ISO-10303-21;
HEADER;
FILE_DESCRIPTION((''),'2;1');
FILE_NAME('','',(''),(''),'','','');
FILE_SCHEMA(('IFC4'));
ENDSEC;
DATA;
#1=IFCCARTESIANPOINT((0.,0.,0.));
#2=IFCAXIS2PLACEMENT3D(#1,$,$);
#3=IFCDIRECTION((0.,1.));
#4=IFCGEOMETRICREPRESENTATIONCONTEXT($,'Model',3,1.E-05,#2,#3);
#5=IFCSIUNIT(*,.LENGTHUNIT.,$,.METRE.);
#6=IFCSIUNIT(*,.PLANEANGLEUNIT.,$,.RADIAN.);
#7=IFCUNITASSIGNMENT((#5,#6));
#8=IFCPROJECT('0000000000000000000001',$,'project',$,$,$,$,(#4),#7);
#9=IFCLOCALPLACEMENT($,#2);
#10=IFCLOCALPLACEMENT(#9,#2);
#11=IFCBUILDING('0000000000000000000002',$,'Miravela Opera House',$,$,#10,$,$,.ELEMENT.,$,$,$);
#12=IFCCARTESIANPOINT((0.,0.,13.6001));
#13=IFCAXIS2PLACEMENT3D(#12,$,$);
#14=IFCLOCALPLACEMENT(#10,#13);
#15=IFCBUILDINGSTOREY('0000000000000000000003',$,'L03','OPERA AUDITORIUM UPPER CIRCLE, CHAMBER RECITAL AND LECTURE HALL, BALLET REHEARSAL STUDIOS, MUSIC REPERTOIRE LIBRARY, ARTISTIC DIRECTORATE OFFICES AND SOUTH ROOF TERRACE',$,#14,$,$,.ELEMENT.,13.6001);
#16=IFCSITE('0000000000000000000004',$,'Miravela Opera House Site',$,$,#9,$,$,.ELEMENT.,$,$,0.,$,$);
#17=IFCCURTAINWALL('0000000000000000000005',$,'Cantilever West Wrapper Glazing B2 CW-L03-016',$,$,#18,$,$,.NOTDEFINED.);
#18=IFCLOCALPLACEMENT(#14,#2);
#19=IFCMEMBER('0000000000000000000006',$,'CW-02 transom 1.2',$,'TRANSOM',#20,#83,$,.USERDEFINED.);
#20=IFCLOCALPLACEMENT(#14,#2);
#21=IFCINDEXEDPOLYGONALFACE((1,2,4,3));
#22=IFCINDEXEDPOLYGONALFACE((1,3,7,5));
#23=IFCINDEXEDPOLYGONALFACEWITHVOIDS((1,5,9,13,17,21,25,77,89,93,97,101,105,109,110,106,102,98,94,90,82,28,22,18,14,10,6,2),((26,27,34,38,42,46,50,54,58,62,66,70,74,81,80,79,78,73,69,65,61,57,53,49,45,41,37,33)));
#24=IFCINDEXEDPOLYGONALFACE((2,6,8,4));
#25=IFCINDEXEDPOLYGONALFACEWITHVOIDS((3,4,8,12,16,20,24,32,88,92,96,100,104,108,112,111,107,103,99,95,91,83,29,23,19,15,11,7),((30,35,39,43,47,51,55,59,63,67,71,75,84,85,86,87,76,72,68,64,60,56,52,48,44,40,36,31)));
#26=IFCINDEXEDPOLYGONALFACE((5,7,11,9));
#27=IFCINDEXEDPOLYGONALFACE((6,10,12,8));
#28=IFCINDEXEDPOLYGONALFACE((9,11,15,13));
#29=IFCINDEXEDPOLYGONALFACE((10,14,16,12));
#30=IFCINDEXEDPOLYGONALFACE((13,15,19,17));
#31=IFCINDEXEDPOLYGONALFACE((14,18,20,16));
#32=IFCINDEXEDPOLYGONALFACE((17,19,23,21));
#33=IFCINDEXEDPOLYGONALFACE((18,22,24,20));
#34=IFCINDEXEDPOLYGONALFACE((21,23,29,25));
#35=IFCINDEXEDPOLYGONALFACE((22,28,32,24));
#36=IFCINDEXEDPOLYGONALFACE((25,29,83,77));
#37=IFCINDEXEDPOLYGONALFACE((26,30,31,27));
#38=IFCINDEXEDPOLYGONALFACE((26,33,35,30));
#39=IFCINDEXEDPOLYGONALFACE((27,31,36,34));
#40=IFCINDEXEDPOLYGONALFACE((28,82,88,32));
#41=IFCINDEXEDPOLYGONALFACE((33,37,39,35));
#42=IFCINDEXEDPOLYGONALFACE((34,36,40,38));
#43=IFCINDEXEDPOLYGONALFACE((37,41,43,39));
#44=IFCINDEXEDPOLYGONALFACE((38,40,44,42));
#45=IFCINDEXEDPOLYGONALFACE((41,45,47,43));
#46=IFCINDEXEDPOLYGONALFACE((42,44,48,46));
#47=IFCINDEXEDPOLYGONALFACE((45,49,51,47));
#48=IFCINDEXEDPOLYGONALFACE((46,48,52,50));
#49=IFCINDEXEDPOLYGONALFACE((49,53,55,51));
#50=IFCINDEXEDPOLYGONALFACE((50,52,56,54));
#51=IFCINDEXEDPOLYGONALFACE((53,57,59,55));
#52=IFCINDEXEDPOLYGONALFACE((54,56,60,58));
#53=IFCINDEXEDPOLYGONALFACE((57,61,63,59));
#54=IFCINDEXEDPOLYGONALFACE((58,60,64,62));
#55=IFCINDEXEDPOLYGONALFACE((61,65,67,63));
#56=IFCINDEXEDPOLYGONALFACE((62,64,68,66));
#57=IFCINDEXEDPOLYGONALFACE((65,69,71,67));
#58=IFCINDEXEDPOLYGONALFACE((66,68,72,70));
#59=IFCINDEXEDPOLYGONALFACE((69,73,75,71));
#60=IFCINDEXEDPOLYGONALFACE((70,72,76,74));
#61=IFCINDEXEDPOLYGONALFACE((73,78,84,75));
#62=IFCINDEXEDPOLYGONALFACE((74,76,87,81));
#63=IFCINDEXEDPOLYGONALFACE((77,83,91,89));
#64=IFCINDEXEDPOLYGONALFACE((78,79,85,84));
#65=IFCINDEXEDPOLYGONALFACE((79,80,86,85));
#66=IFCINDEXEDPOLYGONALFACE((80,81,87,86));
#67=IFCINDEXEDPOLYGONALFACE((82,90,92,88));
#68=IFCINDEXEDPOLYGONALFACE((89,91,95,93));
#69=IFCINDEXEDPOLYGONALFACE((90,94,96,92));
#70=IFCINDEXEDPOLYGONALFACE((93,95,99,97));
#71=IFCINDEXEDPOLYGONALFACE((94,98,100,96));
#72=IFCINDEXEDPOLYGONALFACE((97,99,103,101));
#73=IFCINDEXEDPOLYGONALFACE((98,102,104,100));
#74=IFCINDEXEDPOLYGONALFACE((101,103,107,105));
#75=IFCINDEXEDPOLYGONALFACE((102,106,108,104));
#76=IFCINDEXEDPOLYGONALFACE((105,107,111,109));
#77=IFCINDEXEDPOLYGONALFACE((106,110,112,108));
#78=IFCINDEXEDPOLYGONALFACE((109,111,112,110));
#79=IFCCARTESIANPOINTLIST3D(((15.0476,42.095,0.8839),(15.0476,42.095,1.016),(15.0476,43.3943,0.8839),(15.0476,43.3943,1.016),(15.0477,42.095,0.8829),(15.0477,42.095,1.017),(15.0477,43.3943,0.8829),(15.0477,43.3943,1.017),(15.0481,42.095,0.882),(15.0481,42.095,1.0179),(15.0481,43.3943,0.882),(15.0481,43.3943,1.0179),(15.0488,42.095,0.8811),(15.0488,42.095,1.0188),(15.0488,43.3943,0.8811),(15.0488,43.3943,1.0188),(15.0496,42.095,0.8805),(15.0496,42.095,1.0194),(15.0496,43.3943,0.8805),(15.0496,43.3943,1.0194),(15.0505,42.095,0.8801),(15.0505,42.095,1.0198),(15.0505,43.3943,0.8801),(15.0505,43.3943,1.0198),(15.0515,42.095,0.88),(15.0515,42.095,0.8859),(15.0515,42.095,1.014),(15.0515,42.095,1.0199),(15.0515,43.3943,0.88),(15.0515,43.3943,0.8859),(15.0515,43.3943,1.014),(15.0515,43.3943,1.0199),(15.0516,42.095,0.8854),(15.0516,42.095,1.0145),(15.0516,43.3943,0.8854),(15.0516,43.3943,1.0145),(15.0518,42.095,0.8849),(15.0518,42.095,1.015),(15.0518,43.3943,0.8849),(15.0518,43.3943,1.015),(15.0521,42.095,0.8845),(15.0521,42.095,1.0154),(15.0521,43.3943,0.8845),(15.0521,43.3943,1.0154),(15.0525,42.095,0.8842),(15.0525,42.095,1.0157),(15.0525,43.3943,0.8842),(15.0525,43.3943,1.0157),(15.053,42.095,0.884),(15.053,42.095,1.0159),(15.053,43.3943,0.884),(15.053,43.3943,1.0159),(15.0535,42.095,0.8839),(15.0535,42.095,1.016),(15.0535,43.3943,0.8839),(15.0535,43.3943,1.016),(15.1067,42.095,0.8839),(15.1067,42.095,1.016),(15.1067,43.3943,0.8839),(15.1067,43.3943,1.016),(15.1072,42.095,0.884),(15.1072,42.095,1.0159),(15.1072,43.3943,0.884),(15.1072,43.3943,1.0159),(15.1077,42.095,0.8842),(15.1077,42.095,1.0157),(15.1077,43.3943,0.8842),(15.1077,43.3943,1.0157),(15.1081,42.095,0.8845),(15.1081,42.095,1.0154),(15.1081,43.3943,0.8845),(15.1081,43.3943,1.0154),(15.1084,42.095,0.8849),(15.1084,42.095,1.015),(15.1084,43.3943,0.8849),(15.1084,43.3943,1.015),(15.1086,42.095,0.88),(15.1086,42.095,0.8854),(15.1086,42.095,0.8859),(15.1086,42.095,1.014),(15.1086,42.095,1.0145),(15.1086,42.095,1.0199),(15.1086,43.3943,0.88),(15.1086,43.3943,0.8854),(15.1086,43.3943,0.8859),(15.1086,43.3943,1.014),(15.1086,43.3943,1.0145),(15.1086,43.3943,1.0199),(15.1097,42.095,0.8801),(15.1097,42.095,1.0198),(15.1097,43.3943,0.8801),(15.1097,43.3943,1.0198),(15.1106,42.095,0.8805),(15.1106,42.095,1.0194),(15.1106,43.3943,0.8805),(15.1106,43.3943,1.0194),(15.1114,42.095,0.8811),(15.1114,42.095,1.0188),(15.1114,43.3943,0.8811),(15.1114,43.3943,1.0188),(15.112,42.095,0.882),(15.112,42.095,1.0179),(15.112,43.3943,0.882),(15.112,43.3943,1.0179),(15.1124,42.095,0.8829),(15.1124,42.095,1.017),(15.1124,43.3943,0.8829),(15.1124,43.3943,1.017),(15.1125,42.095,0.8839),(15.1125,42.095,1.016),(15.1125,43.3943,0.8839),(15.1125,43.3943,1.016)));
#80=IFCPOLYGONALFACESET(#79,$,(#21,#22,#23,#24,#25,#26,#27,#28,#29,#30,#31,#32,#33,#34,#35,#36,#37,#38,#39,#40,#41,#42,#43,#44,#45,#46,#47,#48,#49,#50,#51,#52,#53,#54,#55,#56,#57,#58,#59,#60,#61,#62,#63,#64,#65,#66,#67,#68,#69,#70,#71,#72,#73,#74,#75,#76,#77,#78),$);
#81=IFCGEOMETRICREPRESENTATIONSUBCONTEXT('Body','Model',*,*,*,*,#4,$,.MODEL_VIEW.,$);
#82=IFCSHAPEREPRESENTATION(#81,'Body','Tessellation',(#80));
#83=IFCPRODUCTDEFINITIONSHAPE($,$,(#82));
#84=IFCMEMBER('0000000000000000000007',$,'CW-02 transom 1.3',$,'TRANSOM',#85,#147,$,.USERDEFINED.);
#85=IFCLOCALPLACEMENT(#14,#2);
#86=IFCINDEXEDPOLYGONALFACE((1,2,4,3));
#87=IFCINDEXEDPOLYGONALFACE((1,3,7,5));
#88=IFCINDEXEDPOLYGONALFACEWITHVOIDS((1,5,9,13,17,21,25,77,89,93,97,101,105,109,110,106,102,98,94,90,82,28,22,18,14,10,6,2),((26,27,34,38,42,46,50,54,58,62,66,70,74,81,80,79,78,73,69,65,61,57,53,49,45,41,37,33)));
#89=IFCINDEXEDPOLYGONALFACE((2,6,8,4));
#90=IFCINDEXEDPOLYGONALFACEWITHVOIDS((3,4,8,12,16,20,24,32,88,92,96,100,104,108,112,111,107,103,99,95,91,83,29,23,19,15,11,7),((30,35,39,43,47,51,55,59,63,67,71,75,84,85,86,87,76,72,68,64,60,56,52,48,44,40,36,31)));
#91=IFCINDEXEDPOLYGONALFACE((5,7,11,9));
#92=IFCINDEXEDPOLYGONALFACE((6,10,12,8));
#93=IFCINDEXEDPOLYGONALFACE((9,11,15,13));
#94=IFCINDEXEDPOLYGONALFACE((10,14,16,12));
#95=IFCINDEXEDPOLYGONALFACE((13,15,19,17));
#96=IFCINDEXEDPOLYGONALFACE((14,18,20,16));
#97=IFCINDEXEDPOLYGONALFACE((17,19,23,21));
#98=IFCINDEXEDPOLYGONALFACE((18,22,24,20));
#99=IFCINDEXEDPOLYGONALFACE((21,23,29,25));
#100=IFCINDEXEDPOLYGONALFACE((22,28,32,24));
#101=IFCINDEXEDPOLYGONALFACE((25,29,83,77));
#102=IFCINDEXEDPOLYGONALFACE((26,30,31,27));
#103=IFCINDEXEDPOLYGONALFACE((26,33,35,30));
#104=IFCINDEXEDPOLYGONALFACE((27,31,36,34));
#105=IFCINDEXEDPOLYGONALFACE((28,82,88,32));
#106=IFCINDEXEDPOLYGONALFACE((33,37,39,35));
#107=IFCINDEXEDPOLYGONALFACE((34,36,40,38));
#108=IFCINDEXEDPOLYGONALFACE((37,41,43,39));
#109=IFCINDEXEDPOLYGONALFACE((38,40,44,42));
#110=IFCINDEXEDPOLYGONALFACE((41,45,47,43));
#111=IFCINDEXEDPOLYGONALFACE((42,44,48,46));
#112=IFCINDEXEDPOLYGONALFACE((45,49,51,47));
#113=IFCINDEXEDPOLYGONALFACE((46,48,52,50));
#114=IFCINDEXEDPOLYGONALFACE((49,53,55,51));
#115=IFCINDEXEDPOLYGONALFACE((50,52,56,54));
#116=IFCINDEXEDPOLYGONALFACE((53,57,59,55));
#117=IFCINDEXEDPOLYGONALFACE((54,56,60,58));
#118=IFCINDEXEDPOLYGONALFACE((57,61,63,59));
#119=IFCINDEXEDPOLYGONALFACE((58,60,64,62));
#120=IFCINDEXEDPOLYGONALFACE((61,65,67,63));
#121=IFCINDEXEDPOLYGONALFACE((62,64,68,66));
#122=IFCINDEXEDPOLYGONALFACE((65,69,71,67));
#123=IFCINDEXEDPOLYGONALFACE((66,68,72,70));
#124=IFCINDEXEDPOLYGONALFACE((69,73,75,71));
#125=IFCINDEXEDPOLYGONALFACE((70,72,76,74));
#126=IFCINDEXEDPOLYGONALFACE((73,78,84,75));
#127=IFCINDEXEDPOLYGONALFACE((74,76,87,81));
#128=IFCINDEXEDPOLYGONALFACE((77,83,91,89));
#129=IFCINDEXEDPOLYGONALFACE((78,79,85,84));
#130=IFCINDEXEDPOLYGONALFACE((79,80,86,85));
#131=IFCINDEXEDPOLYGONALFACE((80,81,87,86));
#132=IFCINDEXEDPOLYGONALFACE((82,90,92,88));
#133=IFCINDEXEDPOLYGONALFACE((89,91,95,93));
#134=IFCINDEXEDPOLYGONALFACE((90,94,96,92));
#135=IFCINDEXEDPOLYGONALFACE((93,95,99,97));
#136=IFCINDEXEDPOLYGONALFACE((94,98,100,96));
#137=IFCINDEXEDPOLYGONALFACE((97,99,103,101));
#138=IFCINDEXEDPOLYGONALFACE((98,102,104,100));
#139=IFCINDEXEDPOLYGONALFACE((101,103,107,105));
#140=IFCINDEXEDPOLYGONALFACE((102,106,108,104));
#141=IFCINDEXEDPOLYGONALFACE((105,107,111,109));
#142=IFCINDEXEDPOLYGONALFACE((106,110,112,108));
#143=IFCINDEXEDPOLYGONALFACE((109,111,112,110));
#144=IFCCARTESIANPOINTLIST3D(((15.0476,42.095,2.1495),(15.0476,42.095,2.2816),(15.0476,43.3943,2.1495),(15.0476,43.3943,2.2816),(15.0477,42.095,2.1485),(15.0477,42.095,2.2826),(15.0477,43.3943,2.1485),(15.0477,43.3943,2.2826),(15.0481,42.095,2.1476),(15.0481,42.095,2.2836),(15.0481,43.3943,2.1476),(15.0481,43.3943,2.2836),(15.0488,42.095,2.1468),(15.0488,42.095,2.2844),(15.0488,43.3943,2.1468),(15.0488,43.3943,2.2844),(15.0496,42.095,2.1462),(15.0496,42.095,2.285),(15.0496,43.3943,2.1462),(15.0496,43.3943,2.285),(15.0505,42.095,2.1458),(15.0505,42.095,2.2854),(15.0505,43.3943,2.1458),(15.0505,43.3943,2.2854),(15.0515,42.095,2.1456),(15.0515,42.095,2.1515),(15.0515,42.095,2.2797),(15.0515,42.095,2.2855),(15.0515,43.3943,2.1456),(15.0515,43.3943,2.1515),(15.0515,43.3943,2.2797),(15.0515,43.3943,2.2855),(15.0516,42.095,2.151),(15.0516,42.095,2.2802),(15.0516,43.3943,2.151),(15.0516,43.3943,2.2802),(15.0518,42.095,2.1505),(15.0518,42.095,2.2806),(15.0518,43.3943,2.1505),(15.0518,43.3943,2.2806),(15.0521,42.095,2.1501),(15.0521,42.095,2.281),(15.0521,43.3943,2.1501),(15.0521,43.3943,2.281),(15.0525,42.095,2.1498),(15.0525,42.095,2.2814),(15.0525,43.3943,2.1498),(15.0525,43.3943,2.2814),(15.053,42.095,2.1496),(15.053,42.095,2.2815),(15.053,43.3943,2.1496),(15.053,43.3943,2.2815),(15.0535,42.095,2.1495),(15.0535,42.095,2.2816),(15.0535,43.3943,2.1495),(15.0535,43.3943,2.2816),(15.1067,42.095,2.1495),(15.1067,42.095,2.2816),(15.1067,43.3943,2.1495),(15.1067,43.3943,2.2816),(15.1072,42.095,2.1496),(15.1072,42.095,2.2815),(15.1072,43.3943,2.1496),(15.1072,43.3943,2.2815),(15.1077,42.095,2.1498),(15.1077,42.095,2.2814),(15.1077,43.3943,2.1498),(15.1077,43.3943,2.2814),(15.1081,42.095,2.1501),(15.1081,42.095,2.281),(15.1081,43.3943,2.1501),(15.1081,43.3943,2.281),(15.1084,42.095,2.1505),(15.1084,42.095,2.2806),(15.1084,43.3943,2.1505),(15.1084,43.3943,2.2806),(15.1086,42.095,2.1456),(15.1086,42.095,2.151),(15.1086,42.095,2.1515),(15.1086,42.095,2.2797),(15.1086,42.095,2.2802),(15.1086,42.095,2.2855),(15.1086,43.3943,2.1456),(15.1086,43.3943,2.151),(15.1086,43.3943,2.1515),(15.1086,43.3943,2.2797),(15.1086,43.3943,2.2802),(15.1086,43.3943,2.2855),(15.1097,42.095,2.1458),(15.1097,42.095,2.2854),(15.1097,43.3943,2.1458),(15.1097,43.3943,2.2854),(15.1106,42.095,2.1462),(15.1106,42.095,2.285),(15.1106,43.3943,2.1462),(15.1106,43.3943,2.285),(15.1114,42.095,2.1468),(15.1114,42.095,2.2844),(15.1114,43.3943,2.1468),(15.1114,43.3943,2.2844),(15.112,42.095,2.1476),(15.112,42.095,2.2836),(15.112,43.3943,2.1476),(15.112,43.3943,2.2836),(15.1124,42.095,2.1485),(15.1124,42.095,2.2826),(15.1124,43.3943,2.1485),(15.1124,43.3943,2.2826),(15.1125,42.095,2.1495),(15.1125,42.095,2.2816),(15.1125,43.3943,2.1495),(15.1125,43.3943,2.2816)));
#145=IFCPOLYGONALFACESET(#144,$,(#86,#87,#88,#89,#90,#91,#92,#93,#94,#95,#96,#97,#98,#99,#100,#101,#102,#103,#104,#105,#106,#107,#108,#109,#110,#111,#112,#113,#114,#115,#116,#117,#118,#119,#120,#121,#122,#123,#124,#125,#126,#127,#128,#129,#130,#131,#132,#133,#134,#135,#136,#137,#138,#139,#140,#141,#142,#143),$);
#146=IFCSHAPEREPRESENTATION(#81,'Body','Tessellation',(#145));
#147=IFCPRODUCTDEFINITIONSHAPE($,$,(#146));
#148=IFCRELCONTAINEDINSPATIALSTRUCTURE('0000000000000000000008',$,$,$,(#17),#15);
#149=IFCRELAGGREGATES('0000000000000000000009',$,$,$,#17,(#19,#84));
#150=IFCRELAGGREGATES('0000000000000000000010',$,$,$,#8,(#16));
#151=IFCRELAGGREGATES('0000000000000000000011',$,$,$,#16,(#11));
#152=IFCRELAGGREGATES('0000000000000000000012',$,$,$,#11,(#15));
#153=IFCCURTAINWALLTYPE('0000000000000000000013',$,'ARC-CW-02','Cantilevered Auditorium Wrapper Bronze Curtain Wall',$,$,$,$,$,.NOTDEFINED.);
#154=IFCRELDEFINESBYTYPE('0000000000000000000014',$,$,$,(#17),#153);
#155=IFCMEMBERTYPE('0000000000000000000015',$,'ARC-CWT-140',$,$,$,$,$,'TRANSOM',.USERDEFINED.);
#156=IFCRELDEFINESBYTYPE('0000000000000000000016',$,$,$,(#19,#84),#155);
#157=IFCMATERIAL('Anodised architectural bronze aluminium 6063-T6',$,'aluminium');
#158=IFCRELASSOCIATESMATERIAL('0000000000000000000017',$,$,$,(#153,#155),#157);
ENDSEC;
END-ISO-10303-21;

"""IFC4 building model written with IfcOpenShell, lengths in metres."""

from ifc_helpers import new_model, si_unit, direction, frame, origin, origin_2d, place, context, subcontext, project, spatial, hollow_rectangle, extrude, material, material_profile, profile_set, type_object, element, aggregate, save


model = new_model("IFC4")

# Units and contexts
model_context = context("Model", 3, precision=1e-05, world=origin(), true_north=direction((0.0, 1.0)))
body_context = subcontext(model_context, "Body", "Model", "MODEL_VIEW")
ifc_project = project(units=[si_unit("LENGTHUNIT", "METRE"), si_unit("PLANEANGLEUNIT", "RADIAN")], contexts=[model_context])

# Site, building, storey
site_placement = place(None, origin())
site = spatial("IfcSite", under=ifc_project, at=site_placement, Name="Miravela Opera House Site", CompositionType="ELEMENT", RefElevation=0.0)
building_placement = place(site_placement, origin())
building = spatial("IfcBuilding", under=site, at=building_placement, Name="Miravela Opera House", CompositionType="ELEMENT")
storey_placement = place(building_placement, frame((0.0, 0.0, 13.6001)))
storey = spatial("IfcBuildingStorey", under=building, at=storey_placement, Name="L03", Description="OPERA AUDITORIUM UPPER CIRCLE, CHAMBER RECITAL AND LECTURE HALL, BALLET REHEARSAL STUDIOS, MUSIC REPERTOIRE LIBRARY, ARTISTIC DIRECTORATE OFFICES AND SOUTH ROOF TERRACE", CompositionType="ELEMENT", Elevation=13.6001)

# Curtain wall
ifc_material_1 = material(Name="Anodised architectural bronze aluminium 6063-T6", Category="aluminium")
curtain_wall_type = type_object("IfcCurtainWallType", Name="ARC-CW-02", Description="Cantilevered Auditorium Wrapper Bronze Curtain Wall", PredefinedType="NOTDEFINED", material=ifc_material_1)
curtain_wall_1_placement = place(storey_placement, origin())
curtain_wall_1 = element("IfcCurtainWall", 1, at=curtain_wall_1_placement, inside=storey, type_object=curtain_wall_type, Name="Cantilever West Wrapper Glazing B2 CW-L03-016", PredefinedType="NOTDEFINED")

# Members
ifc_material_profile_1 = material_profile(ifc_material_1, hollow_rectangle(XDim=0.0649, YDim=0.1399, WallThickness=0.0039, InnerFilletRadius=0.002, OuterFilletRadius=0.0039, at=origin_2d()), Name="CWT-65X140")
ifc_profile_set_1 = profile_set([ifc_material_profile_1])
member_type_1 = type_object("IfcMemberType", Name="ARC-CWT-140", ElementType="TRANSOM", PredefinedType="USERDEFINED", material=ifc_profile_set_1)
member_1_placement = place(storey_placement, frame((15.0801, 42.095, 0.95), z_axis=(0.0, 1.0, 0.0), x_axis=(-1.0, 0.0, 0.0)))
member_1 = element("IfcMember", 2, at=member_1_placement, type_object=member_type_1, Name="CW-02 transom 1.2", ObjectType="TRANSOM", PredefinedType="USERDEFINED", context=body_context, shape_type="SweptSolid", body=[
    extrude(hollow_rectangle(XDim=0.0649, YDim=0.1399, WallThickness=0.0039, InnerFilletRadius=0.002, OuterFilletRadius=0.0039, at=origin_2d()), origin(), (0.0, 0.0, 1.0), 1.2993),
])
member_2_placement = place(storey_placement, frame((15.0801, 42.095, 2.2156), z_axis=(0.0, 1.0, 0.0), x_axis=(-1.0, 0.0, 0.0)))
member_2 = element("IfcMember", 3, at=member_2_placement, type_object=member_type_1, Name="CW-02 transom 1.3", ObjectType="TRANSOM", PredefinedType="USERDEFINED", context=body_context, shape_type="SweptSolid", body=[
    extrude(hollow_rectangle(XDim=0.0649, YDim=0.1399, WallThickness=0.0039, InnerFilletRadius=0.002, OuterFilletRadius=0.0039, at=origin_2d()), origin(), (0.0, 0.0, 1.0), 1.2993),
])

aggregate(curtain_wall_1, [member_1, member_2])

save(model, "model.ifc")
